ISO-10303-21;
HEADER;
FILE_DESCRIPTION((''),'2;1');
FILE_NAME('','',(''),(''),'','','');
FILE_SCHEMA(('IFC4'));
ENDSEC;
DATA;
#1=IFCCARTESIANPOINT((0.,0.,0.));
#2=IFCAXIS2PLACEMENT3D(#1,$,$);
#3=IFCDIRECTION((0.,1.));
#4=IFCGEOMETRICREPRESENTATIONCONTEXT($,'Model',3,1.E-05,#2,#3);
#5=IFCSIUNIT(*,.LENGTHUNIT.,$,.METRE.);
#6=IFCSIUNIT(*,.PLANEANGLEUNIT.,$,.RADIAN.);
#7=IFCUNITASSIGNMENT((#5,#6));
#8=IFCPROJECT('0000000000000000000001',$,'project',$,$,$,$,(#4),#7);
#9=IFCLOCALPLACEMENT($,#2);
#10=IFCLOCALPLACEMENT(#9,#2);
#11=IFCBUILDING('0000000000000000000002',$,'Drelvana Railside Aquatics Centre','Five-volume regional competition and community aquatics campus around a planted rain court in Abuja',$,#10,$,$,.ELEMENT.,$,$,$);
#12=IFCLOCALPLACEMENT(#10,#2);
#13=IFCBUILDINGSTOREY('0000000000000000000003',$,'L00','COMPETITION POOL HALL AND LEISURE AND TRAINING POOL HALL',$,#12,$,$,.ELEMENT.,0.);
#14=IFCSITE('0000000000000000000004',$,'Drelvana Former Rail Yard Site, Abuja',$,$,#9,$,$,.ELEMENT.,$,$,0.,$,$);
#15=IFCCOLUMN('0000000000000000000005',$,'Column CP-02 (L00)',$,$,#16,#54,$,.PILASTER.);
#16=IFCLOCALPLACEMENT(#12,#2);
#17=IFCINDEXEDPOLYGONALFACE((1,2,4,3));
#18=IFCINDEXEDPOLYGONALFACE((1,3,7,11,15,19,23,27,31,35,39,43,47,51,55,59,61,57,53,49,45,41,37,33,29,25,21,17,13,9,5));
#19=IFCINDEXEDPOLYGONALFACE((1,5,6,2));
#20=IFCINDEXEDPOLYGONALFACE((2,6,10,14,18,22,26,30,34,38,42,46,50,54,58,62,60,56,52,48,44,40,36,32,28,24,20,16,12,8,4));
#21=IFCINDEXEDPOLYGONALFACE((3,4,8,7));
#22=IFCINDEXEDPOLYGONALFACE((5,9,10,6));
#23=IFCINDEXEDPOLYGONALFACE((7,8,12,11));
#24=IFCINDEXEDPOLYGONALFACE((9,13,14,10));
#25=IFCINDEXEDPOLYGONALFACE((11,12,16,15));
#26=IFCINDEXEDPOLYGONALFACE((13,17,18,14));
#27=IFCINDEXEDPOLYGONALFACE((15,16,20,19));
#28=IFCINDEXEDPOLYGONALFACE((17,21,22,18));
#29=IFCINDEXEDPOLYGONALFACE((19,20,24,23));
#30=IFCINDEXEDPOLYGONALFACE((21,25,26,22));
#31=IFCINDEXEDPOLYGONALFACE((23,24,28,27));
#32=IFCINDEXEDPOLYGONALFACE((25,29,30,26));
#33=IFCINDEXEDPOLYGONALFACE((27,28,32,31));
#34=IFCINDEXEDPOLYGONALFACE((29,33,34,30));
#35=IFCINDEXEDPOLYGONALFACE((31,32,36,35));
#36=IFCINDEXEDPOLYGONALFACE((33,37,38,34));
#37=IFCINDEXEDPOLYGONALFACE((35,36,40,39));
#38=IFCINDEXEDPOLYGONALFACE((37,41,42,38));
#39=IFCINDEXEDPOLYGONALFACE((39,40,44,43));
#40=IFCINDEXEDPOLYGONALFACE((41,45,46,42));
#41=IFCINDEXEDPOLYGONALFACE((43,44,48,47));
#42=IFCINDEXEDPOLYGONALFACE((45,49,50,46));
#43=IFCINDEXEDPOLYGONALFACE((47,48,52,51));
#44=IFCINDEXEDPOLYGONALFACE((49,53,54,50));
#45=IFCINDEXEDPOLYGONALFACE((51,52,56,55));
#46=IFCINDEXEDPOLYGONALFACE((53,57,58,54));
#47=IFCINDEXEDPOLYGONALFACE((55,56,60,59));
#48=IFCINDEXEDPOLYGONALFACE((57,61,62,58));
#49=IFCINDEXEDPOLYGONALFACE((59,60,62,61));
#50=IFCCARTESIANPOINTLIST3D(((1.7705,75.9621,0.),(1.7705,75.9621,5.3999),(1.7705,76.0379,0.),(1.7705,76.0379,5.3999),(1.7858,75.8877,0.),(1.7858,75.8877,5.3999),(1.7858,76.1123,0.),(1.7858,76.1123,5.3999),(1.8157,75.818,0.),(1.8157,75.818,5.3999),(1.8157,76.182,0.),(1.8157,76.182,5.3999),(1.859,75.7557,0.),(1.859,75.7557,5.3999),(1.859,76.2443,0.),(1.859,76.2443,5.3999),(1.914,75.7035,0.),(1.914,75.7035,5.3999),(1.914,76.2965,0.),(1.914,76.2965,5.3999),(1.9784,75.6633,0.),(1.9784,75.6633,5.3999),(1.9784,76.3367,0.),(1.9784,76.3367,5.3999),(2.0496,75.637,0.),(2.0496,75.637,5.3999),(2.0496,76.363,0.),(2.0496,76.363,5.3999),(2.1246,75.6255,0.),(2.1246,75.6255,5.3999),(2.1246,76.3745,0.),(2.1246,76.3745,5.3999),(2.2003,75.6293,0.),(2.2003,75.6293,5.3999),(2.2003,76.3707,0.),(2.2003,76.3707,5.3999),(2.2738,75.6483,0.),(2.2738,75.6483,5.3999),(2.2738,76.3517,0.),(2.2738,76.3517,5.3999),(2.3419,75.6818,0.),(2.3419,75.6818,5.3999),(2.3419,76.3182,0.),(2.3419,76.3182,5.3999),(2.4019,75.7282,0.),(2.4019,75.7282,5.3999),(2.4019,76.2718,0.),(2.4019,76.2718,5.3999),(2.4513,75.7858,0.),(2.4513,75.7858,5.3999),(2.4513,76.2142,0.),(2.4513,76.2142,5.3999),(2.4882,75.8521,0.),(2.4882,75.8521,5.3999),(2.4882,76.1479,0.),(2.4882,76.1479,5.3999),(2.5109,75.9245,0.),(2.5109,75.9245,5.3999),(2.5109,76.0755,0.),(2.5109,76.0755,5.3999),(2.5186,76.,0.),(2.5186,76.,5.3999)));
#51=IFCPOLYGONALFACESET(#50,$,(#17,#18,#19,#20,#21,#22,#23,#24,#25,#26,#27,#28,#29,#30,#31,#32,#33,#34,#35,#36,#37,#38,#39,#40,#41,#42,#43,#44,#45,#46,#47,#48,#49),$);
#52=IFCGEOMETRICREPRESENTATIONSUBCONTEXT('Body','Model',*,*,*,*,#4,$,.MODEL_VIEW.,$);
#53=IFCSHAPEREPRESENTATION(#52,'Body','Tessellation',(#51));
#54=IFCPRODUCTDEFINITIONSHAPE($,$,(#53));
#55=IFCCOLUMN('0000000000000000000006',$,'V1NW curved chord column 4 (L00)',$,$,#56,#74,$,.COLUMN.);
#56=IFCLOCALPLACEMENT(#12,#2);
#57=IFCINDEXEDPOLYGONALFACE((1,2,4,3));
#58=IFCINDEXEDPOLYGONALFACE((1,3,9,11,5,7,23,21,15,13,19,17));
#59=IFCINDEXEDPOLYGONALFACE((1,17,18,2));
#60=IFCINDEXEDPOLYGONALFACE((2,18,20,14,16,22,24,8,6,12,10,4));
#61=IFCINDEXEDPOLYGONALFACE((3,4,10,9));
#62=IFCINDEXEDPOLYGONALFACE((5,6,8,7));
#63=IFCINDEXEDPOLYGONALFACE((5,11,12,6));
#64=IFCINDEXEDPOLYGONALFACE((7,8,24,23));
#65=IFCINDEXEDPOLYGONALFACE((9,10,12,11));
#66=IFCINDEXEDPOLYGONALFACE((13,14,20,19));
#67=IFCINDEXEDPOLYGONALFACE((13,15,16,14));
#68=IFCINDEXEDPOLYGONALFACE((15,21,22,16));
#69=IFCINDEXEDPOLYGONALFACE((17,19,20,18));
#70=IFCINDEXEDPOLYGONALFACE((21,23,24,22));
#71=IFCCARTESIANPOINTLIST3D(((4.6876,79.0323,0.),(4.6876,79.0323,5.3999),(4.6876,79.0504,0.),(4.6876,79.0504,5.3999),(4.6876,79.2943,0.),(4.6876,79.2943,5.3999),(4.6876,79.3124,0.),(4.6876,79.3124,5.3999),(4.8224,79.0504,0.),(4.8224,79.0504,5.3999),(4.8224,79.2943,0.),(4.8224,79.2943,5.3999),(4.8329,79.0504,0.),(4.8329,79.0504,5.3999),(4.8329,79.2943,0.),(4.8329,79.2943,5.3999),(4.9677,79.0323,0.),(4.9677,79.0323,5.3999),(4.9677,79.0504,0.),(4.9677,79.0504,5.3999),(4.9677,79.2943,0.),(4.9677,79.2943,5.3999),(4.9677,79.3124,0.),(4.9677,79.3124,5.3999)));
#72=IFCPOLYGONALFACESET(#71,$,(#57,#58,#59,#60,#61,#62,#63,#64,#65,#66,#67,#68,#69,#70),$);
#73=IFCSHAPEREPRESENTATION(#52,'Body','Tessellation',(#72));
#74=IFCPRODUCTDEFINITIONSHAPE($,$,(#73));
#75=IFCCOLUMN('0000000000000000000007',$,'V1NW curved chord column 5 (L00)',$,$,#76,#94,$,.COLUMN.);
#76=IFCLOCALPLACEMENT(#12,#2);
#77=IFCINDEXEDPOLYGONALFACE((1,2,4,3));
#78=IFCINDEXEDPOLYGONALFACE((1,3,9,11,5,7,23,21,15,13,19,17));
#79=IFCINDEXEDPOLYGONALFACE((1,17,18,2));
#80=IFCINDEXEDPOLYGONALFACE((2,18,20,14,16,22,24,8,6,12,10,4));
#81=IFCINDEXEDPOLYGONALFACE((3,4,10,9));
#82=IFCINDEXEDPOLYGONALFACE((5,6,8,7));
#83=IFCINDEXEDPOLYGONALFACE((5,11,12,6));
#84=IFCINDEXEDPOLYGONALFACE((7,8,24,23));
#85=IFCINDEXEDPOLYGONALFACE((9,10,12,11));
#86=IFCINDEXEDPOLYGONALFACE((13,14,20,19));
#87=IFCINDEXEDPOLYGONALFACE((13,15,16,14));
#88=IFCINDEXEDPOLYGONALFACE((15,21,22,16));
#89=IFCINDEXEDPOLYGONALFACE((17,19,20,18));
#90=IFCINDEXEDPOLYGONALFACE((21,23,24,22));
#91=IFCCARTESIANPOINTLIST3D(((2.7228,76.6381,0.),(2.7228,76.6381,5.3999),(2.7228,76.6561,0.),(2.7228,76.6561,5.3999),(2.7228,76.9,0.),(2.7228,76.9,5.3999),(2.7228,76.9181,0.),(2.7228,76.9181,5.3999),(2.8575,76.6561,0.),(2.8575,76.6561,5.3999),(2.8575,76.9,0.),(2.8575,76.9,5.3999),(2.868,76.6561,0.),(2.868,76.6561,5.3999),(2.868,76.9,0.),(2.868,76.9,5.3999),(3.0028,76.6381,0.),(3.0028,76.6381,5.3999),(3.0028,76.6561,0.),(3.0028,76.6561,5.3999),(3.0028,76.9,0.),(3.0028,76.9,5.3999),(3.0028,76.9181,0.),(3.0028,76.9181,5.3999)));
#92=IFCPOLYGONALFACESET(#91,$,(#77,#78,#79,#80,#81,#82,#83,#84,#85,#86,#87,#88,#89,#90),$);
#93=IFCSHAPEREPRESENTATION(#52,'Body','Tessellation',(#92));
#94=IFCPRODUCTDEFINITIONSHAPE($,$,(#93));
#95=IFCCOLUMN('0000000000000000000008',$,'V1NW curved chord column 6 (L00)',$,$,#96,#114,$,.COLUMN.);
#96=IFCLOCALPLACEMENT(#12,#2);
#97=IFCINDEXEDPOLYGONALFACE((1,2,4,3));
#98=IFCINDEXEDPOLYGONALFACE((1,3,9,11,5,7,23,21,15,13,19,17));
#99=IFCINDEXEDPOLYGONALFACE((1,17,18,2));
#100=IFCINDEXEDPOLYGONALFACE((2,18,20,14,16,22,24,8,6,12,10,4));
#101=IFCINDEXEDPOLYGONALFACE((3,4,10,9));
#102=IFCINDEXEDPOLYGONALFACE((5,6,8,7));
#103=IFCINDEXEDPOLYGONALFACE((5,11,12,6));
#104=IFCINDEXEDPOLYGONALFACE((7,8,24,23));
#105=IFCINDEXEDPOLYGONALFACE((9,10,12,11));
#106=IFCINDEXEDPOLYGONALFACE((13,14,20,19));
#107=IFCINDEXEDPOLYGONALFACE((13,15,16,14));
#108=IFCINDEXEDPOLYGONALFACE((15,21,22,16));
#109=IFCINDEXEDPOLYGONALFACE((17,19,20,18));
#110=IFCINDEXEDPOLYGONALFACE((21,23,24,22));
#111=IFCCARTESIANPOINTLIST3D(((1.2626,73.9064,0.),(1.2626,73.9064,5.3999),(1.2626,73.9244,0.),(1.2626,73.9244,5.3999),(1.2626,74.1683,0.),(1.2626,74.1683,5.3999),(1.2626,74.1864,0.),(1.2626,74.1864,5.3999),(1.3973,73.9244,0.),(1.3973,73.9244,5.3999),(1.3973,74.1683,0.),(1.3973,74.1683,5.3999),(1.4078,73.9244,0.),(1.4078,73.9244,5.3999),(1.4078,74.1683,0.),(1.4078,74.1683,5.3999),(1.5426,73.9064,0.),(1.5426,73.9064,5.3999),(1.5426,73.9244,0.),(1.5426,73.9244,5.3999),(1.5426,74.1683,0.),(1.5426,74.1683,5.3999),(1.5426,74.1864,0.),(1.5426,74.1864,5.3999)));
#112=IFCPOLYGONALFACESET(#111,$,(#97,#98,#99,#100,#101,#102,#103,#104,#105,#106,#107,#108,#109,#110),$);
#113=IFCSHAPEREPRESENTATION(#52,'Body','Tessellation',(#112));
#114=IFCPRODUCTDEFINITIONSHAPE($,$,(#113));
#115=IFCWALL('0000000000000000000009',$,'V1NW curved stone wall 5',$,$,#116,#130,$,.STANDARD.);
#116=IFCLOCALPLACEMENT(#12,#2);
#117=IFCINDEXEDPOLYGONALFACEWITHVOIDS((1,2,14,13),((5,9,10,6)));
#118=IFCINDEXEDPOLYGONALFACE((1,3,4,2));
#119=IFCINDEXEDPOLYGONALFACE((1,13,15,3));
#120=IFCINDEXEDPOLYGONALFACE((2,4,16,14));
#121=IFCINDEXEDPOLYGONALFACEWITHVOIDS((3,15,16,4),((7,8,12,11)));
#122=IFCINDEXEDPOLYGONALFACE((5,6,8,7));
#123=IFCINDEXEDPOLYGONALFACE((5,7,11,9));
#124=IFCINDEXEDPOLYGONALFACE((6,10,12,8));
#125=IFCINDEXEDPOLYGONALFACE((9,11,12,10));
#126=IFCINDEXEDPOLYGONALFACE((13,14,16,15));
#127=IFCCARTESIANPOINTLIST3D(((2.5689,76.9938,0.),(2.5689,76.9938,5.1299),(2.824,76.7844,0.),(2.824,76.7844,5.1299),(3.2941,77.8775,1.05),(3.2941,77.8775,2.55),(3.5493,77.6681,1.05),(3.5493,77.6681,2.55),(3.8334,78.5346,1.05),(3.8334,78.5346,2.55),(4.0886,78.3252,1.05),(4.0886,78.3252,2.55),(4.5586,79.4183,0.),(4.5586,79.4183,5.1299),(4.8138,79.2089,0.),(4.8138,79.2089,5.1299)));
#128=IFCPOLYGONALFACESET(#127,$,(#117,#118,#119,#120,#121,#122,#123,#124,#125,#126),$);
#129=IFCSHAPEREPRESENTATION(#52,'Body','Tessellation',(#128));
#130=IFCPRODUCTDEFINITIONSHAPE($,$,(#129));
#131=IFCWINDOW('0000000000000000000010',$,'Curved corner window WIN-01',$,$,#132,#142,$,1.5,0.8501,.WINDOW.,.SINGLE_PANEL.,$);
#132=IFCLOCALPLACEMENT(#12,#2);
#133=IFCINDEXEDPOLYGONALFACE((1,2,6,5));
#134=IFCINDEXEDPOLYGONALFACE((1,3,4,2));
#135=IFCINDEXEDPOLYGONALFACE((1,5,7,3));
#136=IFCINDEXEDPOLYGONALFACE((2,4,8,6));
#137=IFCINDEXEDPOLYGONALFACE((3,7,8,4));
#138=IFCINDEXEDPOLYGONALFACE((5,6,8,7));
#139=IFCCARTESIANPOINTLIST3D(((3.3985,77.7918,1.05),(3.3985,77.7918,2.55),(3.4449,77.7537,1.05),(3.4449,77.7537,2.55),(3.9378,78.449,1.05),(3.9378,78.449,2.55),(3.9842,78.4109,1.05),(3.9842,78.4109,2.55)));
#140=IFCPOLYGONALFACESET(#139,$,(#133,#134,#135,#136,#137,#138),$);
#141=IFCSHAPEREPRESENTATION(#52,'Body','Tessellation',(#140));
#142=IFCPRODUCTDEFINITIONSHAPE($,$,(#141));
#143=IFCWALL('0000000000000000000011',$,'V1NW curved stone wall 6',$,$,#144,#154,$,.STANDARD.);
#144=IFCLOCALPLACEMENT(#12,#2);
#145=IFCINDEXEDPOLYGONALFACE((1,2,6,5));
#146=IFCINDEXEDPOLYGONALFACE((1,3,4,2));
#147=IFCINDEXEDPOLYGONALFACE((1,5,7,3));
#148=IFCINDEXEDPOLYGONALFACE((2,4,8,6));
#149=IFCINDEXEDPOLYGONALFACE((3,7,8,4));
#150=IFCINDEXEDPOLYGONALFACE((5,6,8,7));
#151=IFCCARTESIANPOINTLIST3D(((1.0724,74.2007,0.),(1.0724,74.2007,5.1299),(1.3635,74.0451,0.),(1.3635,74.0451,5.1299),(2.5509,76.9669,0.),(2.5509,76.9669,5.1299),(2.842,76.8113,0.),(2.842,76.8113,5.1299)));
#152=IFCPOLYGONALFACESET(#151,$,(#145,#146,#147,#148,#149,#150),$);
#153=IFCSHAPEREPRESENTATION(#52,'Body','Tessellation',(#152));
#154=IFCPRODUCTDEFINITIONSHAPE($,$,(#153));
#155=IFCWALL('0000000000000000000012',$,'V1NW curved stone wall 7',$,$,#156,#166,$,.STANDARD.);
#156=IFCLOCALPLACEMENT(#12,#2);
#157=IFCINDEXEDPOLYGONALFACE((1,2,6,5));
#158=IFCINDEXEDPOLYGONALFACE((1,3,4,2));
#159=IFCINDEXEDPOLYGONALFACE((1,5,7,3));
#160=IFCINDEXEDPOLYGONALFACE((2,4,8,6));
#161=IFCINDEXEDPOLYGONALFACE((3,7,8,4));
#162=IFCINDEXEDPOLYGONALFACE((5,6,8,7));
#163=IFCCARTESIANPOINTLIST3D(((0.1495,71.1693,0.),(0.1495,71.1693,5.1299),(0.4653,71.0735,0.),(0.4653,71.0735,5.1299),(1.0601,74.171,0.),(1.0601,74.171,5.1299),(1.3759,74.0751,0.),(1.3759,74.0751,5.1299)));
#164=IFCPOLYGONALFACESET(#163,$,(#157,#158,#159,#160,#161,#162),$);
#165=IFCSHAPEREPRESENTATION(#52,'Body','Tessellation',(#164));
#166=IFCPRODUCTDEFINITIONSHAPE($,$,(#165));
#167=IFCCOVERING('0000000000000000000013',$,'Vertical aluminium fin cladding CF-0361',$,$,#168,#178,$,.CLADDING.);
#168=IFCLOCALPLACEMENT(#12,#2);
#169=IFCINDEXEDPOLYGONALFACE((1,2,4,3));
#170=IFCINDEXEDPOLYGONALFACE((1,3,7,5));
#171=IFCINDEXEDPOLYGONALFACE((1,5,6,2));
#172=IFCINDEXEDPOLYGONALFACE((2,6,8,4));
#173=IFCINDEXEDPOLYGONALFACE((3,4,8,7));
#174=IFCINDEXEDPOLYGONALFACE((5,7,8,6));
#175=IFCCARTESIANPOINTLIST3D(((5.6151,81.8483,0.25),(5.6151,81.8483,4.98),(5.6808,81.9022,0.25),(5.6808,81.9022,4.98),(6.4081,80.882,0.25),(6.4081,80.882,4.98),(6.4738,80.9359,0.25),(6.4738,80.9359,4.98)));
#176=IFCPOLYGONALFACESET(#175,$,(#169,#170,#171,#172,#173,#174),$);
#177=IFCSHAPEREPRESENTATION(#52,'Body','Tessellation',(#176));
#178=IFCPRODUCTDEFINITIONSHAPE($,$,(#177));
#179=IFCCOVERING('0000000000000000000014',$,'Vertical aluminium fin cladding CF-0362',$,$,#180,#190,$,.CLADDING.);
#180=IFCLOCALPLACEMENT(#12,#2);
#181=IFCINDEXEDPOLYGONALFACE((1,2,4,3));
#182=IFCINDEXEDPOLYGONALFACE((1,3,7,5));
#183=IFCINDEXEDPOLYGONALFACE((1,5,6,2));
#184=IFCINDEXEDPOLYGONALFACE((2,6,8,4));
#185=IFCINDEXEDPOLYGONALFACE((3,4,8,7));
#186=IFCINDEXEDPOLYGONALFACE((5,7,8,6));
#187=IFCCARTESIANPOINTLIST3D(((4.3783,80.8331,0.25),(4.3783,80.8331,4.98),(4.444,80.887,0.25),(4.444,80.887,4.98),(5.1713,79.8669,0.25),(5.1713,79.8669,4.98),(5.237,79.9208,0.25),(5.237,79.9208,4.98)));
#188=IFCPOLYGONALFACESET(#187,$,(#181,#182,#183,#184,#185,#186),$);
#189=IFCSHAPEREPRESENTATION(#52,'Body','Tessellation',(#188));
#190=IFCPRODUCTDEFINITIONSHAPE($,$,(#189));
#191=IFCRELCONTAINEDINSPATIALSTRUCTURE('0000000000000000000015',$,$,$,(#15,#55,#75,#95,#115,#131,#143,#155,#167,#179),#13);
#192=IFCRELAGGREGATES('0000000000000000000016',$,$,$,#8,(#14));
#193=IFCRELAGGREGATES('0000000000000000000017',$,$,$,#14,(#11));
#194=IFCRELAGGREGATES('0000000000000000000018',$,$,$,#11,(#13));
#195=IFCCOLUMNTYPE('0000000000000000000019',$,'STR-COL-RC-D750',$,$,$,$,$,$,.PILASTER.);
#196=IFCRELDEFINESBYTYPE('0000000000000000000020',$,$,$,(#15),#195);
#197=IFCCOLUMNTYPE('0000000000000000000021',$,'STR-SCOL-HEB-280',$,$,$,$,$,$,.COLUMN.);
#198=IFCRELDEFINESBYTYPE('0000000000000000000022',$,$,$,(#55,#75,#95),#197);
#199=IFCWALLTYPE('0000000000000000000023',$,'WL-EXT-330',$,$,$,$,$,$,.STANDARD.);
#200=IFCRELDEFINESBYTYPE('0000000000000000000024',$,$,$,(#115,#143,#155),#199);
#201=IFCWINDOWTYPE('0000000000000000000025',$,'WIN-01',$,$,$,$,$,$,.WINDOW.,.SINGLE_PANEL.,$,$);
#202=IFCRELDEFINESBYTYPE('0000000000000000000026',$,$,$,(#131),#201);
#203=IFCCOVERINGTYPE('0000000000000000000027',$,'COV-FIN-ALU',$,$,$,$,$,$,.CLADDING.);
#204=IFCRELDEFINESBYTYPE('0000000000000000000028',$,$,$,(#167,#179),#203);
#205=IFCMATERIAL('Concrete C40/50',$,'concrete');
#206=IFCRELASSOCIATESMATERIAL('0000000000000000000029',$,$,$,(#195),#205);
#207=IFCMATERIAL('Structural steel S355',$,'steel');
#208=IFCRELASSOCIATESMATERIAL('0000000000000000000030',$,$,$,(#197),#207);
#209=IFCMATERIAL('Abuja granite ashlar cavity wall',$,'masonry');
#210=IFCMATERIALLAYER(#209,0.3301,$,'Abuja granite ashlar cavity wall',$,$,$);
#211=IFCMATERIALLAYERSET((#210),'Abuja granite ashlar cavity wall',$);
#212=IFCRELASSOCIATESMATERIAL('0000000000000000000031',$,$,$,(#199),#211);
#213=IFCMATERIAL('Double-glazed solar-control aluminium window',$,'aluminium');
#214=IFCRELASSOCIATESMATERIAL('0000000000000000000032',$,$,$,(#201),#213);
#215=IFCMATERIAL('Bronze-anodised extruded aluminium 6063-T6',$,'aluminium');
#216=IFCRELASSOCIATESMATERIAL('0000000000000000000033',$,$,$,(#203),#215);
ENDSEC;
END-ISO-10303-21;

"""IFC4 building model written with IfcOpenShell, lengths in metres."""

from ifc_helpers import new_model, si_unit, direction, frame, frame_2d, origin, origin_2d, place, context, subcontext, project, spatial, rectangle, circle, i_section, extrude, material, layer, layer_set, material_profile, profile_set, type_object, element, fill, save


model = new_model("IFC4")

# Units and contexts
model_context = context("Model", 3, precision=1e-05, world=origin(), true_north=direction((0.0, 1.0)))
body_context = subcontext(model_context, "Body", "Model", "MODEL_VIEW")
ifc_project = project(units=[si_unit("LENGTHUNIT", "METRE"), si_unit("PLANEANGLEUNIT", "RADIAN")], contexts=[model_context])

# Site, building, storey
site_placement = place(None, origin())
site = spatial("IfcSite", under=ifc_project, at=site_placement, Name="Drelvana Former Rail Yard Site, Abuja", CompositionType="ELEMENT", RefElevation=0.0)
building_placement = place(site_placement, origin())
building = spatial("IfcBuilding", under=site, at=building_placement, Name="Drelvana Railside Aquatics Centre", Description="Five-volume regional competition and community aquatics campus around a planted rain court in Abuja", CompositionType="ELEMENT")
storey_placement = place(building_placement, origin())
storey = spatial("IfcBuildingStorey", under=building, at=storey_placement, Name="L00", Description="COMPETITION POOL HALL AND LEISURE AND TRAINING POOL HALL", CompositionType="ELEMENT", Elevation=0.0)

# Columns
ifc_material_1 = material(Name="Concrete C40/50", Category="concrete")
ifc_material_profile_1 = material_profile(ifc_material_1, circle(Radius=0.375, at=origin_2d()), Name="RC D750")
ifc_profile_set_1 = profile_set([ifc_material_profile_1], Name="Concrete C40/50")
column_type_1 = type_object("IfcColumnType", Name="STR-COL-RC-D750", PredefinedType="PILASTER", material=ifc_profile_set_1)
column_placement = place(storey_placement, frame((2.1436, 76.0, 0.0), z_axis=(0.0, 0.0, 1.0), x_axis=(1.0, 0.0, 0.0)))
element("IfcColumn", 1, at=column_placement, inside=storey, type_object=column_type_1, Name="Column CP-02 (L00)", PredefinedType="PILASTER", context=body_context, shape_type="SweptSolid", body=[
    extrude(circle(Radius=0.375, at=origin_2d()), origin(), (0.0, 0.0, 1.0), 5.3999),
])
ifc_material_2 = material(Name="Structural steel S355", Category="steel")
ifc_material_profile_2 = material_profile(ifc_material_2, i_section(OverallWidth=0.28, OverallDepth=0.28, WebThickness=0.0105, FlangeThickness=0.0181, at=origin_2d()), Name="HEB 280")
ifc_profile_set_2 = profile_set([ifc_material_profile_2], Name="Structural steel S355")
column_type_2 = type_object("IfcColumnType", Name="STR-SCOL-HEB-280", PredefinedType="COLUMN", material=ifc_profile_set_2)
for number, where, z_axis, x_axis, name in (
    (2, (4.8276, 79.1724, 0.0), (0.0, 0.0, 1.0), (1.0, 0.0, 0.0), "V1NW curved chord column 4 (L00)"),
    (3, (2.8628, 76.7781, 0.0), (0.0, 0.0, 1.0), (1.0, 0.0, 0.0), "V1NW curved chord column 5 (L00)"),
    (4, (1.4026, 74.0464, 0.0), (0.0, 0.0, 1.0), (1.0, 0.0, 0.0), "V1NW curved chord column 6 (L00)"),
):
    element("IfcColumn", number, at=place(storey_placement, frame(where, z_axis=z_axis, x_axis=x_axis)), inside=storey, type_object=column_type_2, Name=name, PredefinedType="COLUMN", context=body_context, shape_type="SweptSolid", body=[
        extrude(i_section(OverallWidth=0.28, OverallDepth=0.28, WebThickness=0.0105, FlangeThickness=0.0181, at=origin_2d()), origin(), (0.0, 0.0, 1.0), 5.3999),
    ])

# Wall, opening, window
ifc_material_3 = material(Name="Abuja granite ashlar cavity wall", Category="masonry")
ifc_layer = layer(ifc_material_3, 0.3301, Name="Abuja granite ashlar cavity wall")
ifc_layer_set = layer_set([ifc_layer], Name="Abuja granite ashlar cavity wall")
wall_type = type_object("IfcWallType", Name="WL-EXT-330", PredefinedType="STANDARD", material=ifc_layer_set)
wall_1_placement = place(storey_placement, frame((4.6863, 79.3137, 0.0), z_axis=(0.0, 0.0, 1.0), x_axis=(-0.634386, -0.773017, 0.0)))
wall_1 = element("IfcWall", 5, at=wall_1_placement, inside=storey, type_object=wall_type, Name="V1NW curved stone wall 5", PredefinedType="STANDARD", context=body_context, shape_type="SweptSolid", body=[
    extrude(rectangle(XDim=3.1365, YDim=0.3301, at=frame_2d((1.5684, 0.0))), origin(), (0.0, 0.0, 1.0), 5.1299),
])
opening_placement = place(wall_1_placement, frame((1.1433, 0.0, 1.05)))
opening = element("IfcOpeningElement", 6, at=opening_placement, cuts=wall_1, PredefinedType="OPENING", context=body_context, shape_type="SweptSolid", body=[
    extrude(rectangle(XDim=0.8501, YDim=1.5, at=frame_2d((0.425, 0.75))), frame((0.0, 0.175, 0.0), z_axis=(0.0, -1.0, 0.0), x_axis=(1.0, 0.0, 0.0)), (0.0, 0.0, 1.0), 0.3501),
])
ifc_material_4 = material(Name="Double-glazed solar-control aluminium window", Category="aluminium")
window_type = type_object("IfcWindowType", Name="WIN-01", PartitioningType="SINGLE_PANEL", PredefinedType="WINDOW", material=ifc_material_4)
window_placement = place(opening_placement, origin())
window = element("IfcWindow", 7, at=window_placement, inside=storey, type_object=window_type, Name="Curved corner window WIN-01", OverallHeight=1.5, OverallWidth=0.8501, PartitioningType="SINGLE_PANEL", PredefinedType="WINDOW", context=body_context, shape_type="SweptSolid", body=[
    extrude(rectangle(XDim=0.8501, YDim=1.5, at=frame_2d((0.425, 0.75))), frame((0.0, 0.03, 0.0), z_axis=(0.0, -1.0, 0.0), x_axis=(1.0, 0.0, 0.0)), (0.0, 0.0, 1.0), 0.0601),
])
fill(opening, window)

# Walls
wall_2_placement = place(storey_placement, frame((2.6965, 76.8892, 0.0), z_axis=(0.0, 0.0, 1.0), x_axis=(-0.471396, -0.881922, 0.0)))
element("IfcWall", 8, at=wall_2_placement, inside=storey, type_object=wall_type, Name="V1NW curved stone wall 6", PredefinedType="STANDARD", context=body_context, shape_type="SweptSolid", body=[
    extrude(rectangle(XDim=3.1365, YDim=0.3301, at=frame_2d((1.5684, 0.0))), origin(), (0.0, 0.0, 1.0), 5.1299),
])
wall_3_placement = place(storey_placement, frame((1.218, 74.123, 0.0), z_axis=(0.0, 0.0, 1.0), x_axis=(-0.29031, -0.956933, 0.0)))
element("IfcWall", 9, at=wall_3_placement, inside=storey, type_object=wall_type, Name="V1NW curved stone wall 7", PredefinedType="STANDARD", context=body_context, shape_type="SweptSolid", body=[
    extrude(rectangle(XDim=3.1367, YDim=0.3301, at=frame_2d((1.5684, 0.0))), origin(), (0.0, 0.0, 1.0), 5.1299),
])

# Coverings
ifc_material_5 = material(Name="Bronze-anodised extruded aluminium 6063-T6", Category="aluminium")
covering_type = type_object("IfcCoveringType", Name="COV-FIN-ALU", PredefinedType="CLADDING", material=ifc_material_5)
for number, where, z_axis, x_axis, name in (
    (10, (6.0444, 81.3921, 0.25), (0.0, 0.0, 1.0), (0.77301, 0.634393, 0.0), "Vertical aluminium fin cladding CF-0361"),
    (11, (4.8076, 80.377, 0.25), (0.0, 0.0, 1.0), (0.77301, 0.634393, 0.0), "Vertical aluminium fin cladding CF-0362"),
):
    element("IfcCovering", number, at=place(storey_placement, frame(where, z_axis=z_axis, x_axis=x_axis)), inside=storey, type_object=covering_type, Name=name, PredefinedType="CLADDING", context=body_context, shape_type="SweptSolid", body=[
        extrude(rectangle(XDim=0.085, YDim=1.25, at=origin_2d()), origin(), (0.0, 0.0, 1.0), 4.73),
    ])

save(model, "model.ifc")
